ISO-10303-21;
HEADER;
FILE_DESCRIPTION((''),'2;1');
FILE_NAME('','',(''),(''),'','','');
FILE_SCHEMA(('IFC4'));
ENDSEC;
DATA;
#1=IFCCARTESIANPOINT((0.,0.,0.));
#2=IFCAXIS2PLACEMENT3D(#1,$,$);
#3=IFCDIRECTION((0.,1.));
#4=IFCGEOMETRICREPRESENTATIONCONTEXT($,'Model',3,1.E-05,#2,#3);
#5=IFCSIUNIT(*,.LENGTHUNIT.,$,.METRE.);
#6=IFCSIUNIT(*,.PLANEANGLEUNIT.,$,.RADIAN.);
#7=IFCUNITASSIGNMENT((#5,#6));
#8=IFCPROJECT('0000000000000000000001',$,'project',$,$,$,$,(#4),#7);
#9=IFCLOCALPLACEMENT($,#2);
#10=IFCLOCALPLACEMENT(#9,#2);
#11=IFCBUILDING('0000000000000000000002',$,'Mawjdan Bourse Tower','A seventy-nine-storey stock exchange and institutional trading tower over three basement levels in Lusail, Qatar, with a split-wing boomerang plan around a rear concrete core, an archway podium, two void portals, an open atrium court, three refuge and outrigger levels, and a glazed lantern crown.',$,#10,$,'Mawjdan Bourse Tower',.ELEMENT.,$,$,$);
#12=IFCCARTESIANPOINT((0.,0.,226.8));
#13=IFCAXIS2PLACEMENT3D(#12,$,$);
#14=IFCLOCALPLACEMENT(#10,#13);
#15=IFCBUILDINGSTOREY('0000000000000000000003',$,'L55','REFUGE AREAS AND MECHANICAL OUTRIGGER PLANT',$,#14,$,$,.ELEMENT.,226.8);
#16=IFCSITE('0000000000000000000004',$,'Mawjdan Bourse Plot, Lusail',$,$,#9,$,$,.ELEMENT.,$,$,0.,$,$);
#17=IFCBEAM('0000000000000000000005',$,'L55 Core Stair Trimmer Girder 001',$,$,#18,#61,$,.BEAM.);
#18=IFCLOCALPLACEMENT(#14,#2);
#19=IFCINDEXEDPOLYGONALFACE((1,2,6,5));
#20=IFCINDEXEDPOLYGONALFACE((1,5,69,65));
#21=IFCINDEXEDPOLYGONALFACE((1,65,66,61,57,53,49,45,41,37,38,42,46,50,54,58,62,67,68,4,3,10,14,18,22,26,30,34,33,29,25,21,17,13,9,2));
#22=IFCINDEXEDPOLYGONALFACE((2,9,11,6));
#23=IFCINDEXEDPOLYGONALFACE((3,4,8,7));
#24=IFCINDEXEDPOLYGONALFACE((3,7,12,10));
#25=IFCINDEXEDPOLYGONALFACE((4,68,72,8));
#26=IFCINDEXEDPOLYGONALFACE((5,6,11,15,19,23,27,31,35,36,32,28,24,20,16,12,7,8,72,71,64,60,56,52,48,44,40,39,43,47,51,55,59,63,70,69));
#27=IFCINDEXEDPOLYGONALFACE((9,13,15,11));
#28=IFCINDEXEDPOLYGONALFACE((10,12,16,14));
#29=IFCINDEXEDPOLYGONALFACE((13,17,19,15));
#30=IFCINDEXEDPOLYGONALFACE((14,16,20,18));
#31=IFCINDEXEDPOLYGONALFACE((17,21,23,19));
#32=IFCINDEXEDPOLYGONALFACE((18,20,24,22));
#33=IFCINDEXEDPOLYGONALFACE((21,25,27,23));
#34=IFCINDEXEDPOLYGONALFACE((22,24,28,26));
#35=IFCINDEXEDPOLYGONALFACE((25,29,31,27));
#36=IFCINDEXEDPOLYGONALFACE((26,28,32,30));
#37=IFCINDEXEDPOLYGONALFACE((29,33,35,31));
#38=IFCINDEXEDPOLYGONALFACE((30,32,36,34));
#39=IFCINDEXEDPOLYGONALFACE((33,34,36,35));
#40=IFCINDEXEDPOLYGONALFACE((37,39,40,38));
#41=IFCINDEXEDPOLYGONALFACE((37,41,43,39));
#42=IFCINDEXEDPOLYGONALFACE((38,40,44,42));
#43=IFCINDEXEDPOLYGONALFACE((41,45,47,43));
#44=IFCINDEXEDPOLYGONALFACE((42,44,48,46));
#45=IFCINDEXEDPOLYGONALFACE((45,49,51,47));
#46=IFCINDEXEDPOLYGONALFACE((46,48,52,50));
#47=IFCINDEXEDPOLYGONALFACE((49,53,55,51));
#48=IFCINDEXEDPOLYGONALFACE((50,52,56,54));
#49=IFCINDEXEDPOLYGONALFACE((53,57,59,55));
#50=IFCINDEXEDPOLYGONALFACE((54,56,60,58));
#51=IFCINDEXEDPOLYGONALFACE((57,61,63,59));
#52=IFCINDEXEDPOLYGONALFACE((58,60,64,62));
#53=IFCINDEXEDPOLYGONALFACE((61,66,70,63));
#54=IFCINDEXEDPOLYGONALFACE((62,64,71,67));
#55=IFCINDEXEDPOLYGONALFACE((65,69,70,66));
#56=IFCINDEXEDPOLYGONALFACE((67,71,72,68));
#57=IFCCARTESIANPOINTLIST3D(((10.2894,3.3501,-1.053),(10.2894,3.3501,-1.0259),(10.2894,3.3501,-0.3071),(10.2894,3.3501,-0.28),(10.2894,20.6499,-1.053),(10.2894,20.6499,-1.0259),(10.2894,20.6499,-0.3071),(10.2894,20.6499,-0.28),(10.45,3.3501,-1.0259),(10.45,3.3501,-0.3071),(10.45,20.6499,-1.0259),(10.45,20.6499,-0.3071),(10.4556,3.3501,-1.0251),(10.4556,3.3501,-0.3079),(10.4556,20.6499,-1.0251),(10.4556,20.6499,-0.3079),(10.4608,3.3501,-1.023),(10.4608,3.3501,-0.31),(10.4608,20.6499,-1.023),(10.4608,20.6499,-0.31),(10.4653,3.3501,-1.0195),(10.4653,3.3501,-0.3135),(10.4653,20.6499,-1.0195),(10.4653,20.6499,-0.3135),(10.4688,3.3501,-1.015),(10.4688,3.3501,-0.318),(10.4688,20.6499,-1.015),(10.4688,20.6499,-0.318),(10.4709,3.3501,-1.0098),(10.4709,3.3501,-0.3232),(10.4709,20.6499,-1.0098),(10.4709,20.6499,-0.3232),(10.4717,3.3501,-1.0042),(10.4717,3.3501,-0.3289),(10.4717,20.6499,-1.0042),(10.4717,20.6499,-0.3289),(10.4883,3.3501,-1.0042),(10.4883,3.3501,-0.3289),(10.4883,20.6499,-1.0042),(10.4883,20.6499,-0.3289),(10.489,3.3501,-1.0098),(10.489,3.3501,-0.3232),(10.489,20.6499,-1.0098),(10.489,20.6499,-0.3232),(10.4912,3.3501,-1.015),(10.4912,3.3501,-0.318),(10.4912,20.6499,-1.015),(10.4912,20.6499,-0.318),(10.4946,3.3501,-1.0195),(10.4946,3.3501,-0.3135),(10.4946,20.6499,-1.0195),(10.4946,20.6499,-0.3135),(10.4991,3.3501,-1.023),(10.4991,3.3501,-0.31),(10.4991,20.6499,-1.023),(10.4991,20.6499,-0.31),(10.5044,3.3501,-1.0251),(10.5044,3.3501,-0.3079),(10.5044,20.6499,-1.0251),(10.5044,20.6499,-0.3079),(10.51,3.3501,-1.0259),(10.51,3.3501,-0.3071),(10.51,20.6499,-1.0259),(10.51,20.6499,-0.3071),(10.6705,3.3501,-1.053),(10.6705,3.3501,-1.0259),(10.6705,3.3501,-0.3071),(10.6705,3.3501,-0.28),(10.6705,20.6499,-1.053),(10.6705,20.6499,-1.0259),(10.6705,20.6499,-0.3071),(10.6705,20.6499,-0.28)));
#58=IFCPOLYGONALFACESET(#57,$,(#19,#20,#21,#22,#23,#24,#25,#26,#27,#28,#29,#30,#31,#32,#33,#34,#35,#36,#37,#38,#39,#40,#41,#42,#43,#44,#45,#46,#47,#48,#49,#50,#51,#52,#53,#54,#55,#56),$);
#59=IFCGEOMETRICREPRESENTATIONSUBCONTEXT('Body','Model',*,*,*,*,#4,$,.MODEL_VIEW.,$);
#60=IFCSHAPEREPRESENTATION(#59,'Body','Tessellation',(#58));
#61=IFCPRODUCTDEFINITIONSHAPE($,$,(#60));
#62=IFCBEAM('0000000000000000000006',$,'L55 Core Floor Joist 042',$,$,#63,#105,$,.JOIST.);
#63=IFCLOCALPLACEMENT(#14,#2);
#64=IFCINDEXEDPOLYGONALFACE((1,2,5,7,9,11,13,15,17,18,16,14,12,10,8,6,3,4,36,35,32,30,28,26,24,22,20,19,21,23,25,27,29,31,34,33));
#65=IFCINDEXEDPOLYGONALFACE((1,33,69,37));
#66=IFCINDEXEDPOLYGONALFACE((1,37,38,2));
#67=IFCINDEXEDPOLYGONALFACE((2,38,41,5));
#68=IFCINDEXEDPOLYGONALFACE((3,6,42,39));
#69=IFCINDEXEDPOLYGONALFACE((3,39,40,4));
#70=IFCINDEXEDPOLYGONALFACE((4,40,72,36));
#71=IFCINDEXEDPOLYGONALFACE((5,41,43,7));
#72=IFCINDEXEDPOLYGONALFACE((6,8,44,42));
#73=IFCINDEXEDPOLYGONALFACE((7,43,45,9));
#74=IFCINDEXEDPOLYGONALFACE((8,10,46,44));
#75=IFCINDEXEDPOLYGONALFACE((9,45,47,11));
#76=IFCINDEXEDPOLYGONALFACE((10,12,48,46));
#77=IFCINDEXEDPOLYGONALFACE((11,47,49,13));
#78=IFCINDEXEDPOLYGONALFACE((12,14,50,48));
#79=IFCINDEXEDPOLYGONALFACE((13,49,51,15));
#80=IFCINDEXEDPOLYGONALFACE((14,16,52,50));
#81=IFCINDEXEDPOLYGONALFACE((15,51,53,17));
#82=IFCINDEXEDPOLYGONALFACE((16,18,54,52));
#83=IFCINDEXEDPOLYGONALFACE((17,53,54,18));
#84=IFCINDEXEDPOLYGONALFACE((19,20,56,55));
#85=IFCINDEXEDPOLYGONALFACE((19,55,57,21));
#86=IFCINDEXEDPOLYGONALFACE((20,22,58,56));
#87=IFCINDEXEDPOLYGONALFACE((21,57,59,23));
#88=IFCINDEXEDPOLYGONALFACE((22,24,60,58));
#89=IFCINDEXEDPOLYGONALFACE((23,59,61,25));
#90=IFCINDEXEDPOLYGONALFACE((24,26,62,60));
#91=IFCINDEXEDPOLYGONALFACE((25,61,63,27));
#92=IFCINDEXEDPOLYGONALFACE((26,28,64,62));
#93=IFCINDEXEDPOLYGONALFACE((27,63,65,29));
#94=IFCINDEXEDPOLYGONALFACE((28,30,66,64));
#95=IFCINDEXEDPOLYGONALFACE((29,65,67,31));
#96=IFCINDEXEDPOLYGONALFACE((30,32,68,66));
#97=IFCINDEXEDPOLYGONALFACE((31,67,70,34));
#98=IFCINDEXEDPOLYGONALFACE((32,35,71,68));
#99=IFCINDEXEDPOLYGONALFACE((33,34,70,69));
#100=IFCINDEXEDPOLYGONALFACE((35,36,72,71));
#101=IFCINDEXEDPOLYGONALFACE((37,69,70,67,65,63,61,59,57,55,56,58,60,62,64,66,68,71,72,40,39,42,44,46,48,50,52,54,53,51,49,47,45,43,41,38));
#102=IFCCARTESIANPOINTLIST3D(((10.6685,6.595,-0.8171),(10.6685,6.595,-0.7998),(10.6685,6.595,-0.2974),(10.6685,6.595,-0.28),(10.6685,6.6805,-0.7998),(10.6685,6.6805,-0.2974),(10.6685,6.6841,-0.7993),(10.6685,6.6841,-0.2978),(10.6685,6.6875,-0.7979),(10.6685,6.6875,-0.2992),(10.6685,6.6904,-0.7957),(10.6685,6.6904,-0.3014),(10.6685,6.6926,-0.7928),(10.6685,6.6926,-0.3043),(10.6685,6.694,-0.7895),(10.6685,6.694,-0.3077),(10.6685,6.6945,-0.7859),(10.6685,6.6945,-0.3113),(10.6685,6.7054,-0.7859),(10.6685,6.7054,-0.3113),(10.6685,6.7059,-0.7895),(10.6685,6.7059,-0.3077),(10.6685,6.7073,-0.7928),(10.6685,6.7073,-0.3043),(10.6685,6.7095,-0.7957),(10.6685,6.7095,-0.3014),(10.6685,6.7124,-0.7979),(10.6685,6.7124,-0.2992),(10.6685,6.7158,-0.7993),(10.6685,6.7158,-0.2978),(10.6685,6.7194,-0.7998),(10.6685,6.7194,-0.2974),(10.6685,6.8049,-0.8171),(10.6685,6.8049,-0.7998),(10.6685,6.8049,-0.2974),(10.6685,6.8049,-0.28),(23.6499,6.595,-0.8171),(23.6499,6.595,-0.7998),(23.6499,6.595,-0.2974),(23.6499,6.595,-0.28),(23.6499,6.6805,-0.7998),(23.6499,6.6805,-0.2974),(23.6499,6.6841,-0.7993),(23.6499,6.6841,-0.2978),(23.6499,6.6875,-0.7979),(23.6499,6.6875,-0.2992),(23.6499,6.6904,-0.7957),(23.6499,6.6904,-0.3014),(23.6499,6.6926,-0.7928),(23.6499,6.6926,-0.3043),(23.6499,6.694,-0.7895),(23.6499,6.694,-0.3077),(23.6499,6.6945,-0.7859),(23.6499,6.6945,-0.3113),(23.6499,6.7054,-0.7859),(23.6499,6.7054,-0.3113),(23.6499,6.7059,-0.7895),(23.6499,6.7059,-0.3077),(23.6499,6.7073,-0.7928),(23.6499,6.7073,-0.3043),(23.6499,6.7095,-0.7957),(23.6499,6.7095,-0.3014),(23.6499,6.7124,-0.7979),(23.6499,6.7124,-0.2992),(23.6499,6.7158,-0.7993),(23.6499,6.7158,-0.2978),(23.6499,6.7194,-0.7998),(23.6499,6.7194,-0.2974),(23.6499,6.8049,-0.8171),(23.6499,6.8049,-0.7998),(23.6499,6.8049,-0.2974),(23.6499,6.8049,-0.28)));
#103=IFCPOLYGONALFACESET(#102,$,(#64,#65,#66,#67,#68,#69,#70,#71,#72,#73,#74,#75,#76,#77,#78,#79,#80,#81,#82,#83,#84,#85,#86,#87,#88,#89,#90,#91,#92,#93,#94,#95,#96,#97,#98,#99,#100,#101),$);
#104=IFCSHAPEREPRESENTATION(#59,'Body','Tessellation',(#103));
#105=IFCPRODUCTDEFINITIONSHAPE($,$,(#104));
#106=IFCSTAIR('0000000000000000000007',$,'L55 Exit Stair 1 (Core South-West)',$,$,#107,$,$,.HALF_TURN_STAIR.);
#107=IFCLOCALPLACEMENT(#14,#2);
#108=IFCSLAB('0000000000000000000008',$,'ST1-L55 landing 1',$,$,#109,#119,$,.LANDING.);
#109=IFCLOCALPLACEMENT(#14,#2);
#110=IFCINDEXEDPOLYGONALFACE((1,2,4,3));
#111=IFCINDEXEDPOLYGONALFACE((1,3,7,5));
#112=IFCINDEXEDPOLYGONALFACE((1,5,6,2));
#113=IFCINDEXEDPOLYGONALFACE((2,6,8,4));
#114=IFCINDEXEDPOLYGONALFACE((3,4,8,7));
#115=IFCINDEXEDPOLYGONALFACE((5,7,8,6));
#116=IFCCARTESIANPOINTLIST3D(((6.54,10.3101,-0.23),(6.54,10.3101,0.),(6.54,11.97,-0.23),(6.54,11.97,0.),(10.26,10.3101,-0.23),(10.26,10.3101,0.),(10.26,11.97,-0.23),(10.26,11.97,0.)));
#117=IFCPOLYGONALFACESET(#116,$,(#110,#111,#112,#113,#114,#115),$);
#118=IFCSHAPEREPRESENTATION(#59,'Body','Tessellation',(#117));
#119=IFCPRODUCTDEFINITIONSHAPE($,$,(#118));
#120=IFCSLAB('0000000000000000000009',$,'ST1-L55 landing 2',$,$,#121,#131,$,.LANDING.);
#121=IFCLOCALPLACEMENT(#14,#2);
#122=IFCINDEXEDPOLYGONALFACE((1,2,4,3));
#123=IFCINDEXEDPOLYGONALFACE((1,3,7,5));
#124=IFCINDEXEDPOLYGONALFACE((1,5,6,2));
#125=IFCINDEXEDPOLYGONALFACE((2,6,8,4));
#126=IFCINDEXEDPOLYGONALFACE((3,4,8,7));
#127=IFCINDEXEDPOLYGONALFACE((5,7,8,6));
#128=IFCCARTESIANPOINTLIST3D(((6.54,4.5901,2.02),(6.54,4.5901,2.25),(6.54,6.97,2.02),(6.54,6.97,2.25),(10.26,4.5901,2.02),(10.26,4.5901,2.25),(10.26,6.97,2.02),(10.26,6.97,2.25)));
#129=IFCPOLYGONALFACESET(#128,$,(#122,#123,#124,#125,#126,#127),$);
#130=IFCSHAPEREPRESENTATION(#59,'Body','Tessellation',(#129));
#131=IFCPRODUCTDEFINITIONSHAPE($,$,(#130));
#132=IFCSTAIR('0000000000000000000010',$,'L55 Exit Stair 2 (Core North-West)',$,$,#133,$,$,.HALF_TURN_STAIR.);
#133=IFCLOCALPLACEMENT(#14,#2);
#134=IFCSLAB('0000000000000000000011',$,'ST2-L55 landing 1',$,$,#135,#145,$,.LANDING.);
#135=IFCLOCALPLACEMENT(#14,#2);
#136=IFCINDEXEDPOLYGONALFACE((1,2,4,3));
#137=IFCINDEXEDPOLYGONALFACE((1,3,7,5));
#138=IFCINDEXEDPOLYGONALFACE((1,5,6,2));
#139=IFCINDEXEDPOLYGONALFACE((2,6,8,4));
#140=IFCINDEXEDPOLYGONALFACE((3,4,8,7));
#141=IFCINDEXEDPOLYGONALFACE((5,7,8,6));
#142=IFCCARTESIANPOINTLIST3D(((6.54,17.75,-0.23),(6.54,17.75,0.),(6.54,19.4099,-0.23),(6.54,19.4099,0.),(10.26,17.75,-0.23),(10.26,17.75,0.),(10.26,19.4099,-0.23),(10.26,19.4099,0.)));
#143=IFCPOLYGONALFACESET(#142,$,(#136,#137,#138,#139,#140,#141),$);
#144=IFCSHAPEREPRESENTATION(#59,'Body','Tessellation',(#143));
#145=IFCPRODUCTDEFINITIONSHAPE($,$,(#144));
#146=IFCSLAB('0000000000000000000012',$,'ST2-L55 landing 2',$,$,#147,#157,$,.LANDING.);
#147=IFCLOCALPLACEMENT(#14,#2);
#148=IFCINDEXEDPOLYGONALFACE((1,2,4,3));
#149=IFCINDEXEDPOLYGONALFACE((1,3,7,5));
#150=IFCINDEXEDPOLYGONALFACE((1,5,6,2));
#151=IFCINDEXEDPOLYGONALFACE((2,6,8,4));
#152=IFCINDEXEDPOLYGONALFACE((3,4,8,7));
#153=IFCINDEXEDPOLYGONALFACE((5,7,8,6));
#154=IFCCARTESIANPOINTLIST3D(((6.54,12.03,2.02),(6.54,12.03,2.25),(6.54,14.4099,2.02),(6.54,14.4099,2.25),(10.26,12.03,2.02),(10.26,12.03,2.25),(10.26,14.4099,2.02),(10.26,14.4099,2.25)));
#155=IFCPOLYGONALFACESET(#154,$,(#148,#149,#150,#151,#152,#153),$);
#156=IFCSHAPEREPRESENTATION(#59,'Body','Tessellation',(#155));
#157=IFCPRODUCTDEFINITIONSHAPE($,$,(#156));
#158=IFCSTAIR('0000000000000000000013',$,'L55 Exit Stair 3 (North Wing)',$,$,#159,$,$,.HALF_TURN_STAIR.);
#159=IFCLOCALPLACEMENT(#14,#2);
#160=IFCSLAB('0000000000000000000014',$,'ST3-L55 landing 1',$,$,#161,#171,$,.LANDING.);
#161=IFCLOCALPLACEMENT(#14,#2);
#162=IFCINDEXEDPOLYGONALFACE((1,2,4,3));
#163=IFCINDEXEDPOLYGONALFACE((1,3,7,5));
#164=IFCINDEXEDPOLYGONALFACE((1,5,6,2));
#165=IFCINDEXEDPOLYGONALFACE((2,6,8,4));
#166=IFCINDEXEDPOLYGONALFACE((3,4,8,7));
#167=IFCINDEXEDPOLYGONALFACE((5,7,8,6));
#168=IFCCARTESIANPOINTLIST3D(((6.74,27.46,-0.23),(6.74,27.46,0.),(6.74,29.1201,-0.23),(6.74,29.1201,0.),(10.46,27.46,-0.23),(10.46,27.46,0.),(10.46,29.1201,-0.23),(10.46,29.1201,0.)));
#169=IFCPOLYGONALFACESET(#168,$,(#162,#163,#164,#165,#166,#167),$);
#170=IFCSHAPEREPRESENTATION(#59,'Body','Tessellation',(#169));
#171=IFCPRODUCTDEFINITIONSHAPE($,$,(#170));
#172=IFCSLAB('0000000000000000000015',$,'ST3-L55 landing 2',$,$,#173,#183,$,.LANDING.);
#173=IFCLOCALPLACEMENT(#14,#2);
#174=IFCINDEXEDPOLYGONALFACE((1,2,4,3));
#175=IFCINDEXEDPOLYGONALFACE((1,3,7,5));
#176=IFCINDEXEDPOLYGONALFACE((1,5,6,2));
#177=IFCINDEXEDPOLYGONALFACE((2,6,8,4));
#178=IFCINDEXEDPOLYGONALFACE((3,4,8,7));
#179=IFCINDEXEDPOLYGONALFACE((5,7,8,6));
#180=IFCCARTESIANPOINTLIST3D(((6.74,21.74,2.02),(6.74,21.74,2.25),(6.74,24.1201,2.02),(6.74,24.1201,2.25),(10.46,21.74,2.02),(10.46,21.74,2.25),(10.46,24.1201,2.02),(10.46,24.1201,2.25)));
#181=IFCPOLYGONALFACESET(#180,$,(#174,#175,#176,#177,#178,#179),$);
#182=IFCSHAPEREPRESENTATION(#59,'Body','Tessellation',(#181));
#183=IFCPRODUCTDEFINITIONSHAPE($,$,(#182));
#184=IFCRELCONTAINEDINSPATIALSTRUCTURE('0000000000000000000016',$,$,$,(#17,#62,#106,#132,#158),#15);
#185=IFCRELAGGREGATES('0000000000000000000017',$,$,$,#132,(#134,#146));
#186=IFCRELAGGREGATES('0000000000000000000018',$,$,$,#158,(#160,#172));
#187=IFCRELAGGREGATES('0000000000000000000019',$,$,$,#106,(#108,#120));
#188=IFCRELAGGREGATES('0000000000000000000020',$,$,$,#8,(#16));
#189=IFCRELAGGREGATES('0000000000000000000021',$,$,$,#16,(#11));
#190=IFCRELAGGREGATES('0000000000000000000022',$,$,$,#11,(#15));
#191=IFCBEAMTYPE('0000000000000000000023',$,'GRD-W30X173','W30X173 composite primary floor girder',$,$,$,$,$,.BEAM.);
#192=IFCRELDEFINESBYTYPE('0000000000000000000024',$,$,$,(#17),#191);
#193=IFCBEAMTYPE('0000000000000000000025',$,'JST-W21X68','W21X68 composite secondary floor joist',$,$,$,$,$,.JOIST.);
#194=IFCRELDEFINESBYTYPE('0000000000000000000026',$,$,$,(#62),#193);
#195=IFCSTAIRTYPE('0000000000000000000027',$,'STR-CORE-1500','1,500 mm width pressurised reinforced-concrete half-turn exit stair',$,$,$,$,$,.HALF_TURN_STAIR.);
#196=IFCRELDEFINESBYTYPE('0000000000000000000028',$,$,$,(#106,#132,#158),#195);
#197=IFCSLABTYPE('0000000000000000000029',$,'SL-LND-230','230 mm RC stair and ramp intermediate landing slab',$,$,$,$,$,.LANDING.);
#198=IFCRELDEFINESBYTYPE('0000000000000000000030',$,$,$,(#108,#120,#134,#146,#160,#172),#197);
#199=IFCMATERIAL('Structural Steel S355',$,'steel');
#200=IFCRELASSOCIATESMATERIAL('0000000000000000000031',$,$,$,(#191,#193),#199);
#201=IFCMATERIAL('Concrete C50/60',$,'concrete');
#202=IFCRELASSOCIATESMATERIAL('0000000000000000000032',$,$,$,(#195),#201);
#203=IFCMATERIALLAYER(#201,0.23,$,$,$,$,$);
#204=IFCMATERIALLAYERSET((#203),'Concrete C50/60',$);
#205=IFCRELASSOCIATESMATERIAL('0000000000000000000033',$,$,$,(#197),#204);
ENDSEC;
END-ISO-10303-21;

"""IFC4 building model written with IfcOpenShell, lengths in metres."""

from ifc_helpers import new_model, si_unit, direction, frame, origin, origin_2d, place, context, subcontext, project, spatial, polyline, i_section, outline, extrude, material, layer, layer_set, material_profile, profile_set, type_object, element, aggregate, save


model = new_model("IFC4")

# Units and contexts
model_context = context("Model", 3, precision=1e-05, world=origin(), true_north=direction((0.0, 1.0)))
body_context = subcontext(model_context, "Body", "Model", "MODEL_VIEW")
ifc_project = project(units=[si_unit("LENGTHUNIT", "METRE"), si_unit("PLANEANGLEUNIT", "RADIAN")], contexts=[model_context])

# Site, building, storey
site_placement = place(None, origin())
site = spatial("IfcSite", under=ifc_project, at=site_placement, Name="Mawjdan Bourse Plot, Lusail", CompositionType="ELEMENT", RefElevation=0.0)
building_placement = place(site_placement, origin())
building = spatial("IfcBuilding", under=site, at=building_placement, Name="Mawjdan Bourse Tower", Description="A seventy-nine-storey stock exchange and institutional trading tower over three basement levels in Lusail, Qatar, with a split-wing boomerang plan around a rear concrete core, an archway podium, two void portals, an open atrium court, three refuge and outrigger levels, and a glazed lantern crown.", LongName="Mawjdan Bourse Tower", CompositionType="ELEMENT")
storey_placement = place(building_placement, frame((0.0, 0.0, 226.8)))
storey = spatial("IfcBuildingStorey", under=building, at=storey_placement, Name="L55", Description="REFUGE AREAS AND MECHANICAL OUTRIGGER PLANT", CompositionType="ELEMENT", Elevation=226.8)

# Beams
ifc_material_1 = material(Name="Structural Steel S355", Category="steel")
ifc_material_profile_1 = material_profile(ifc_material_1, i_section(OverallWidth=0.3811, OverallDepth=0.7729, WebThickness=0.0166, FlangeThickness=0.0271, FilletRadius=0.0217, at=origin_2d()), Name="W30X173")
ifc_profile_set_1 = profile_set([ifc_material_profile_1], Name="Structural Steel S355")
beam_type_1 = type_object("IfcBeamType", Name="GRD-W30X173", Description="W30X173 composite primary floor girder", PredefinedType="BEAM", material=ifc_profile_set_1)
beam_1_placement = place(storey_placement, frame((10.48, 3.3501, -0.6665), z_axis=(0.0, 1.0, 0.0), x_axis=(-1.0, 0.0, 0.0)))
element("IfcBeam", 1, at=beam_1_placement, inside=storey, type_object=beam_type_1, Name="L55 Core Stair Trimmer Girder 001", PredefinedType="BEAM", context=body_context, shape_type="SweptSolid", body=[
    extrude(i_section(OverallWidth=0.3811, OverallDepth=0.7729, WebThickness=0.0166, FlangeThickness=0.0271, FilletRadius=0.0217, at=origin_2d()), origin(), (0.0, 0.0, 1.0), 17.2998),
])
ifc_material_profile_2 = material_profile(ifc_material_1, i_section(OverallWidth=0.21, OverallDepth=0.5371, WebThickness=0.011, FlangeThickness=0.0173, FilletRadius=0.0139, at=origin_2d()), Name="W21X68")
ifc_profile_set_2 = profile_set([ifc_material_profile_2], Name="Structural Steel S355")
beam_type_2 = type_object("IfcBeamType", Name="JST-W21X68", Description="W21X68 composite secondary floor joist", PredefinedType="JOIST", material=ifc_profile_set_2)
beam_2_placement = place(storey_placement, frame((10.6685, 6.7, -0.5486), z_axis=(1.0, 0.0, 0.0), x_axis=(0.0, 1.0, 0.0)))
element("IfcBeam", 2, at=beam_2_placement, inside=storey, type_object=beam_type_2, Name="L55 Core Floor Joist 042", PredefinedType="JOIST", context=body_context, shape_type="SweptSolid", body=[
    extrude(i_section(OverallWidth=0.21, OverallDepth=0.5371, WebThickness=0.011, FlangeThickness=0.0173, FilletRadius=0.0139, at=origin_2d()), origin(), (0.0, 0.0, 1.0), 12.9814),
])

# Stairs, slabs
ifc_material_2 = material(Name="Concrete C50/60", Category="concrete")
stair_type = type_object("IfcStairType", Name="STR-CORE-1500", Description="1,500 mm width pressurised reinforced-concrete half-turn exit stair", PredefinedType="HALF_TURN_STAIR", material=ifc_material_2)
stair_1_placement = place(storey_placement, origin())
stair_1 = element("IfcStair", 3, at=stair_1_placement, inside=storey, type_object=stair_type, Name="L55 Exit Stair 1 (Core South-West)", PredefinedType="HALF_TURN_STAIR")
ifc_layer_1 = layer(ifc_material_2, 0.23)
ifc_layer_set_1 = layer_set([ifc_layer_1], Name="Concrete C50/60")
slab_type_1 = type_object("IfcSlabType", Name="SL-LND-230", Description="230 mm RC stair and ramp intermediate landing slab", PredefinedType="LANDING", material=ifc_layer_set_1)
slab_1_placement = place(storey_placement, frame((0.0, 0.0, -0.23)))
slab_1 = element("IfcSlab", 4, at=slab_1_placement, type_object=slab_type_1, Name="ST1-L55 landing 1", PredefinedType="LANDING", context=body_context, shape_type="SweptSolid", body=[
    extrude(outline(polyline([(6.54, 10.3101), (10.26, 10.3101), (10.26, 11.97), (6.54, 11.97), (6.54, 10.3101)])), origin(), (0.0, 0.0, 1.0), 0.23),
])
slab_2_placement = place(storey_placement, frame((0.0, 0.0, 2.02)))
slab_2 = element("IfcSlab", 5, at=slab_2_placement, type_object=slab_type_1, Name="ST1-L55 landing 2", PredefinedType="LANDING", context=body_context, shape_type="SweptSolid", body=[
    extrude(outline(polyline([(6.54, 4.5901), (10.26, 4.5901), (10.26, 6.97), (6.54, 6.97), (6.54, 4.5901)])), origin(), (0.0, 0.0, 1.0), 0.23),
])
stair_2_placement = place(storey_placement, origin())
stair_2 = element("IfcStair", 6, at=stair_2_placement, inside=storey, type_object=stair_type, Name="L55 Exit Stair 2 (Core North-West)", PredefinedType="HALF_TURN_STAIR")
slab_3_placement = place(storey_placement, frame((0.0, 0.0, -0.23)))
slab_3 = element("IfcSlab", 7, at=slab_3_placement, type_object=slab_type_1, Name="ST2-L55 landing 1", PredefinedType="LANDING", context=body_context, shape_type="SweptSolid", body=[
    extrude(outline(polyline([(6.54, 17.75), (10.26, 17.75), (10.26, 19.4099), (6.54, 19.4099), (6.54, 17.75)])), origin(), (0.0, 0.0, 1.0), 0.23),
])
slab_4_placement = place(storey_placement, frame((0.0, 0.0, 2.02)))
slab_4 = element("IfcSlab", 8, at=slab_4_placement, type_object=slab_type_1, Name="ST2-L55 landing 2", PredefinedType="LANDING", context=body_context, shape_type="SweptSolid", body=[
    extrude(outline(polyline([(6.54, 12.03), (10.26, 12.03), (10.26, 14.4099), (6.54, 14.4099), (6.54, 12.03)])), origin(), (0.0, 0.0, 1.0), 0.23),
])
aggregate(stair_2, [slab_3, slab_4])
stair_3_placement = place(storey_placement, origin())
stair_3 = element("IfcStair", 9, at=stair_3_placement, inside=storey, type_object=stair_type, Name="L55 Exit Stair 3 (North Wing)", PredefinedType="HALF_TURN_STAIR")
slab_5_placement = place(storey_placement, frame((0.0, 0.0, -0.23)))
slab_5 = element("IfcSlab", 10, at=slab_5_placement, type_object=slab_type_1, Name="ST3-L55 landing 1", PredefinedType="LANDING", context=body_context, shape_type="SweptSolid", body=[
    extrude(outline(polyline([(6.74, 27.46), (10.46, 27.46), (10.46, 29.1201), (6.74, 29.1201), (6.74, 27.46)])), origin(), (0.0, 0.0, 1.0), 0.23),
])
slab_6_placement = place(storey_placement, frame((0.0, 0.0, 2.02)))
slab_6 = element("IfcSlab", 11, at=slab_6_placement, type_object=slab_type_1, Name="ST3-L55 landing 2", PredefinedType="LANDING", context=body_context, shape_type="SweptSolid", body=[
    extrude(outline(polyline([(6.74, 21.74), (10.46, 21.74), (10.46, 24.1201), (6.74, 24.1201), (6.74, 21.74)])), origin(), (0.0, 0.0, 1.0), 0.23),
])
aggregate(stair_3, [slab_5, slab_6])

aggregate(stair_1, [slab_1, slab_2])

save(model, "model.ifc")
